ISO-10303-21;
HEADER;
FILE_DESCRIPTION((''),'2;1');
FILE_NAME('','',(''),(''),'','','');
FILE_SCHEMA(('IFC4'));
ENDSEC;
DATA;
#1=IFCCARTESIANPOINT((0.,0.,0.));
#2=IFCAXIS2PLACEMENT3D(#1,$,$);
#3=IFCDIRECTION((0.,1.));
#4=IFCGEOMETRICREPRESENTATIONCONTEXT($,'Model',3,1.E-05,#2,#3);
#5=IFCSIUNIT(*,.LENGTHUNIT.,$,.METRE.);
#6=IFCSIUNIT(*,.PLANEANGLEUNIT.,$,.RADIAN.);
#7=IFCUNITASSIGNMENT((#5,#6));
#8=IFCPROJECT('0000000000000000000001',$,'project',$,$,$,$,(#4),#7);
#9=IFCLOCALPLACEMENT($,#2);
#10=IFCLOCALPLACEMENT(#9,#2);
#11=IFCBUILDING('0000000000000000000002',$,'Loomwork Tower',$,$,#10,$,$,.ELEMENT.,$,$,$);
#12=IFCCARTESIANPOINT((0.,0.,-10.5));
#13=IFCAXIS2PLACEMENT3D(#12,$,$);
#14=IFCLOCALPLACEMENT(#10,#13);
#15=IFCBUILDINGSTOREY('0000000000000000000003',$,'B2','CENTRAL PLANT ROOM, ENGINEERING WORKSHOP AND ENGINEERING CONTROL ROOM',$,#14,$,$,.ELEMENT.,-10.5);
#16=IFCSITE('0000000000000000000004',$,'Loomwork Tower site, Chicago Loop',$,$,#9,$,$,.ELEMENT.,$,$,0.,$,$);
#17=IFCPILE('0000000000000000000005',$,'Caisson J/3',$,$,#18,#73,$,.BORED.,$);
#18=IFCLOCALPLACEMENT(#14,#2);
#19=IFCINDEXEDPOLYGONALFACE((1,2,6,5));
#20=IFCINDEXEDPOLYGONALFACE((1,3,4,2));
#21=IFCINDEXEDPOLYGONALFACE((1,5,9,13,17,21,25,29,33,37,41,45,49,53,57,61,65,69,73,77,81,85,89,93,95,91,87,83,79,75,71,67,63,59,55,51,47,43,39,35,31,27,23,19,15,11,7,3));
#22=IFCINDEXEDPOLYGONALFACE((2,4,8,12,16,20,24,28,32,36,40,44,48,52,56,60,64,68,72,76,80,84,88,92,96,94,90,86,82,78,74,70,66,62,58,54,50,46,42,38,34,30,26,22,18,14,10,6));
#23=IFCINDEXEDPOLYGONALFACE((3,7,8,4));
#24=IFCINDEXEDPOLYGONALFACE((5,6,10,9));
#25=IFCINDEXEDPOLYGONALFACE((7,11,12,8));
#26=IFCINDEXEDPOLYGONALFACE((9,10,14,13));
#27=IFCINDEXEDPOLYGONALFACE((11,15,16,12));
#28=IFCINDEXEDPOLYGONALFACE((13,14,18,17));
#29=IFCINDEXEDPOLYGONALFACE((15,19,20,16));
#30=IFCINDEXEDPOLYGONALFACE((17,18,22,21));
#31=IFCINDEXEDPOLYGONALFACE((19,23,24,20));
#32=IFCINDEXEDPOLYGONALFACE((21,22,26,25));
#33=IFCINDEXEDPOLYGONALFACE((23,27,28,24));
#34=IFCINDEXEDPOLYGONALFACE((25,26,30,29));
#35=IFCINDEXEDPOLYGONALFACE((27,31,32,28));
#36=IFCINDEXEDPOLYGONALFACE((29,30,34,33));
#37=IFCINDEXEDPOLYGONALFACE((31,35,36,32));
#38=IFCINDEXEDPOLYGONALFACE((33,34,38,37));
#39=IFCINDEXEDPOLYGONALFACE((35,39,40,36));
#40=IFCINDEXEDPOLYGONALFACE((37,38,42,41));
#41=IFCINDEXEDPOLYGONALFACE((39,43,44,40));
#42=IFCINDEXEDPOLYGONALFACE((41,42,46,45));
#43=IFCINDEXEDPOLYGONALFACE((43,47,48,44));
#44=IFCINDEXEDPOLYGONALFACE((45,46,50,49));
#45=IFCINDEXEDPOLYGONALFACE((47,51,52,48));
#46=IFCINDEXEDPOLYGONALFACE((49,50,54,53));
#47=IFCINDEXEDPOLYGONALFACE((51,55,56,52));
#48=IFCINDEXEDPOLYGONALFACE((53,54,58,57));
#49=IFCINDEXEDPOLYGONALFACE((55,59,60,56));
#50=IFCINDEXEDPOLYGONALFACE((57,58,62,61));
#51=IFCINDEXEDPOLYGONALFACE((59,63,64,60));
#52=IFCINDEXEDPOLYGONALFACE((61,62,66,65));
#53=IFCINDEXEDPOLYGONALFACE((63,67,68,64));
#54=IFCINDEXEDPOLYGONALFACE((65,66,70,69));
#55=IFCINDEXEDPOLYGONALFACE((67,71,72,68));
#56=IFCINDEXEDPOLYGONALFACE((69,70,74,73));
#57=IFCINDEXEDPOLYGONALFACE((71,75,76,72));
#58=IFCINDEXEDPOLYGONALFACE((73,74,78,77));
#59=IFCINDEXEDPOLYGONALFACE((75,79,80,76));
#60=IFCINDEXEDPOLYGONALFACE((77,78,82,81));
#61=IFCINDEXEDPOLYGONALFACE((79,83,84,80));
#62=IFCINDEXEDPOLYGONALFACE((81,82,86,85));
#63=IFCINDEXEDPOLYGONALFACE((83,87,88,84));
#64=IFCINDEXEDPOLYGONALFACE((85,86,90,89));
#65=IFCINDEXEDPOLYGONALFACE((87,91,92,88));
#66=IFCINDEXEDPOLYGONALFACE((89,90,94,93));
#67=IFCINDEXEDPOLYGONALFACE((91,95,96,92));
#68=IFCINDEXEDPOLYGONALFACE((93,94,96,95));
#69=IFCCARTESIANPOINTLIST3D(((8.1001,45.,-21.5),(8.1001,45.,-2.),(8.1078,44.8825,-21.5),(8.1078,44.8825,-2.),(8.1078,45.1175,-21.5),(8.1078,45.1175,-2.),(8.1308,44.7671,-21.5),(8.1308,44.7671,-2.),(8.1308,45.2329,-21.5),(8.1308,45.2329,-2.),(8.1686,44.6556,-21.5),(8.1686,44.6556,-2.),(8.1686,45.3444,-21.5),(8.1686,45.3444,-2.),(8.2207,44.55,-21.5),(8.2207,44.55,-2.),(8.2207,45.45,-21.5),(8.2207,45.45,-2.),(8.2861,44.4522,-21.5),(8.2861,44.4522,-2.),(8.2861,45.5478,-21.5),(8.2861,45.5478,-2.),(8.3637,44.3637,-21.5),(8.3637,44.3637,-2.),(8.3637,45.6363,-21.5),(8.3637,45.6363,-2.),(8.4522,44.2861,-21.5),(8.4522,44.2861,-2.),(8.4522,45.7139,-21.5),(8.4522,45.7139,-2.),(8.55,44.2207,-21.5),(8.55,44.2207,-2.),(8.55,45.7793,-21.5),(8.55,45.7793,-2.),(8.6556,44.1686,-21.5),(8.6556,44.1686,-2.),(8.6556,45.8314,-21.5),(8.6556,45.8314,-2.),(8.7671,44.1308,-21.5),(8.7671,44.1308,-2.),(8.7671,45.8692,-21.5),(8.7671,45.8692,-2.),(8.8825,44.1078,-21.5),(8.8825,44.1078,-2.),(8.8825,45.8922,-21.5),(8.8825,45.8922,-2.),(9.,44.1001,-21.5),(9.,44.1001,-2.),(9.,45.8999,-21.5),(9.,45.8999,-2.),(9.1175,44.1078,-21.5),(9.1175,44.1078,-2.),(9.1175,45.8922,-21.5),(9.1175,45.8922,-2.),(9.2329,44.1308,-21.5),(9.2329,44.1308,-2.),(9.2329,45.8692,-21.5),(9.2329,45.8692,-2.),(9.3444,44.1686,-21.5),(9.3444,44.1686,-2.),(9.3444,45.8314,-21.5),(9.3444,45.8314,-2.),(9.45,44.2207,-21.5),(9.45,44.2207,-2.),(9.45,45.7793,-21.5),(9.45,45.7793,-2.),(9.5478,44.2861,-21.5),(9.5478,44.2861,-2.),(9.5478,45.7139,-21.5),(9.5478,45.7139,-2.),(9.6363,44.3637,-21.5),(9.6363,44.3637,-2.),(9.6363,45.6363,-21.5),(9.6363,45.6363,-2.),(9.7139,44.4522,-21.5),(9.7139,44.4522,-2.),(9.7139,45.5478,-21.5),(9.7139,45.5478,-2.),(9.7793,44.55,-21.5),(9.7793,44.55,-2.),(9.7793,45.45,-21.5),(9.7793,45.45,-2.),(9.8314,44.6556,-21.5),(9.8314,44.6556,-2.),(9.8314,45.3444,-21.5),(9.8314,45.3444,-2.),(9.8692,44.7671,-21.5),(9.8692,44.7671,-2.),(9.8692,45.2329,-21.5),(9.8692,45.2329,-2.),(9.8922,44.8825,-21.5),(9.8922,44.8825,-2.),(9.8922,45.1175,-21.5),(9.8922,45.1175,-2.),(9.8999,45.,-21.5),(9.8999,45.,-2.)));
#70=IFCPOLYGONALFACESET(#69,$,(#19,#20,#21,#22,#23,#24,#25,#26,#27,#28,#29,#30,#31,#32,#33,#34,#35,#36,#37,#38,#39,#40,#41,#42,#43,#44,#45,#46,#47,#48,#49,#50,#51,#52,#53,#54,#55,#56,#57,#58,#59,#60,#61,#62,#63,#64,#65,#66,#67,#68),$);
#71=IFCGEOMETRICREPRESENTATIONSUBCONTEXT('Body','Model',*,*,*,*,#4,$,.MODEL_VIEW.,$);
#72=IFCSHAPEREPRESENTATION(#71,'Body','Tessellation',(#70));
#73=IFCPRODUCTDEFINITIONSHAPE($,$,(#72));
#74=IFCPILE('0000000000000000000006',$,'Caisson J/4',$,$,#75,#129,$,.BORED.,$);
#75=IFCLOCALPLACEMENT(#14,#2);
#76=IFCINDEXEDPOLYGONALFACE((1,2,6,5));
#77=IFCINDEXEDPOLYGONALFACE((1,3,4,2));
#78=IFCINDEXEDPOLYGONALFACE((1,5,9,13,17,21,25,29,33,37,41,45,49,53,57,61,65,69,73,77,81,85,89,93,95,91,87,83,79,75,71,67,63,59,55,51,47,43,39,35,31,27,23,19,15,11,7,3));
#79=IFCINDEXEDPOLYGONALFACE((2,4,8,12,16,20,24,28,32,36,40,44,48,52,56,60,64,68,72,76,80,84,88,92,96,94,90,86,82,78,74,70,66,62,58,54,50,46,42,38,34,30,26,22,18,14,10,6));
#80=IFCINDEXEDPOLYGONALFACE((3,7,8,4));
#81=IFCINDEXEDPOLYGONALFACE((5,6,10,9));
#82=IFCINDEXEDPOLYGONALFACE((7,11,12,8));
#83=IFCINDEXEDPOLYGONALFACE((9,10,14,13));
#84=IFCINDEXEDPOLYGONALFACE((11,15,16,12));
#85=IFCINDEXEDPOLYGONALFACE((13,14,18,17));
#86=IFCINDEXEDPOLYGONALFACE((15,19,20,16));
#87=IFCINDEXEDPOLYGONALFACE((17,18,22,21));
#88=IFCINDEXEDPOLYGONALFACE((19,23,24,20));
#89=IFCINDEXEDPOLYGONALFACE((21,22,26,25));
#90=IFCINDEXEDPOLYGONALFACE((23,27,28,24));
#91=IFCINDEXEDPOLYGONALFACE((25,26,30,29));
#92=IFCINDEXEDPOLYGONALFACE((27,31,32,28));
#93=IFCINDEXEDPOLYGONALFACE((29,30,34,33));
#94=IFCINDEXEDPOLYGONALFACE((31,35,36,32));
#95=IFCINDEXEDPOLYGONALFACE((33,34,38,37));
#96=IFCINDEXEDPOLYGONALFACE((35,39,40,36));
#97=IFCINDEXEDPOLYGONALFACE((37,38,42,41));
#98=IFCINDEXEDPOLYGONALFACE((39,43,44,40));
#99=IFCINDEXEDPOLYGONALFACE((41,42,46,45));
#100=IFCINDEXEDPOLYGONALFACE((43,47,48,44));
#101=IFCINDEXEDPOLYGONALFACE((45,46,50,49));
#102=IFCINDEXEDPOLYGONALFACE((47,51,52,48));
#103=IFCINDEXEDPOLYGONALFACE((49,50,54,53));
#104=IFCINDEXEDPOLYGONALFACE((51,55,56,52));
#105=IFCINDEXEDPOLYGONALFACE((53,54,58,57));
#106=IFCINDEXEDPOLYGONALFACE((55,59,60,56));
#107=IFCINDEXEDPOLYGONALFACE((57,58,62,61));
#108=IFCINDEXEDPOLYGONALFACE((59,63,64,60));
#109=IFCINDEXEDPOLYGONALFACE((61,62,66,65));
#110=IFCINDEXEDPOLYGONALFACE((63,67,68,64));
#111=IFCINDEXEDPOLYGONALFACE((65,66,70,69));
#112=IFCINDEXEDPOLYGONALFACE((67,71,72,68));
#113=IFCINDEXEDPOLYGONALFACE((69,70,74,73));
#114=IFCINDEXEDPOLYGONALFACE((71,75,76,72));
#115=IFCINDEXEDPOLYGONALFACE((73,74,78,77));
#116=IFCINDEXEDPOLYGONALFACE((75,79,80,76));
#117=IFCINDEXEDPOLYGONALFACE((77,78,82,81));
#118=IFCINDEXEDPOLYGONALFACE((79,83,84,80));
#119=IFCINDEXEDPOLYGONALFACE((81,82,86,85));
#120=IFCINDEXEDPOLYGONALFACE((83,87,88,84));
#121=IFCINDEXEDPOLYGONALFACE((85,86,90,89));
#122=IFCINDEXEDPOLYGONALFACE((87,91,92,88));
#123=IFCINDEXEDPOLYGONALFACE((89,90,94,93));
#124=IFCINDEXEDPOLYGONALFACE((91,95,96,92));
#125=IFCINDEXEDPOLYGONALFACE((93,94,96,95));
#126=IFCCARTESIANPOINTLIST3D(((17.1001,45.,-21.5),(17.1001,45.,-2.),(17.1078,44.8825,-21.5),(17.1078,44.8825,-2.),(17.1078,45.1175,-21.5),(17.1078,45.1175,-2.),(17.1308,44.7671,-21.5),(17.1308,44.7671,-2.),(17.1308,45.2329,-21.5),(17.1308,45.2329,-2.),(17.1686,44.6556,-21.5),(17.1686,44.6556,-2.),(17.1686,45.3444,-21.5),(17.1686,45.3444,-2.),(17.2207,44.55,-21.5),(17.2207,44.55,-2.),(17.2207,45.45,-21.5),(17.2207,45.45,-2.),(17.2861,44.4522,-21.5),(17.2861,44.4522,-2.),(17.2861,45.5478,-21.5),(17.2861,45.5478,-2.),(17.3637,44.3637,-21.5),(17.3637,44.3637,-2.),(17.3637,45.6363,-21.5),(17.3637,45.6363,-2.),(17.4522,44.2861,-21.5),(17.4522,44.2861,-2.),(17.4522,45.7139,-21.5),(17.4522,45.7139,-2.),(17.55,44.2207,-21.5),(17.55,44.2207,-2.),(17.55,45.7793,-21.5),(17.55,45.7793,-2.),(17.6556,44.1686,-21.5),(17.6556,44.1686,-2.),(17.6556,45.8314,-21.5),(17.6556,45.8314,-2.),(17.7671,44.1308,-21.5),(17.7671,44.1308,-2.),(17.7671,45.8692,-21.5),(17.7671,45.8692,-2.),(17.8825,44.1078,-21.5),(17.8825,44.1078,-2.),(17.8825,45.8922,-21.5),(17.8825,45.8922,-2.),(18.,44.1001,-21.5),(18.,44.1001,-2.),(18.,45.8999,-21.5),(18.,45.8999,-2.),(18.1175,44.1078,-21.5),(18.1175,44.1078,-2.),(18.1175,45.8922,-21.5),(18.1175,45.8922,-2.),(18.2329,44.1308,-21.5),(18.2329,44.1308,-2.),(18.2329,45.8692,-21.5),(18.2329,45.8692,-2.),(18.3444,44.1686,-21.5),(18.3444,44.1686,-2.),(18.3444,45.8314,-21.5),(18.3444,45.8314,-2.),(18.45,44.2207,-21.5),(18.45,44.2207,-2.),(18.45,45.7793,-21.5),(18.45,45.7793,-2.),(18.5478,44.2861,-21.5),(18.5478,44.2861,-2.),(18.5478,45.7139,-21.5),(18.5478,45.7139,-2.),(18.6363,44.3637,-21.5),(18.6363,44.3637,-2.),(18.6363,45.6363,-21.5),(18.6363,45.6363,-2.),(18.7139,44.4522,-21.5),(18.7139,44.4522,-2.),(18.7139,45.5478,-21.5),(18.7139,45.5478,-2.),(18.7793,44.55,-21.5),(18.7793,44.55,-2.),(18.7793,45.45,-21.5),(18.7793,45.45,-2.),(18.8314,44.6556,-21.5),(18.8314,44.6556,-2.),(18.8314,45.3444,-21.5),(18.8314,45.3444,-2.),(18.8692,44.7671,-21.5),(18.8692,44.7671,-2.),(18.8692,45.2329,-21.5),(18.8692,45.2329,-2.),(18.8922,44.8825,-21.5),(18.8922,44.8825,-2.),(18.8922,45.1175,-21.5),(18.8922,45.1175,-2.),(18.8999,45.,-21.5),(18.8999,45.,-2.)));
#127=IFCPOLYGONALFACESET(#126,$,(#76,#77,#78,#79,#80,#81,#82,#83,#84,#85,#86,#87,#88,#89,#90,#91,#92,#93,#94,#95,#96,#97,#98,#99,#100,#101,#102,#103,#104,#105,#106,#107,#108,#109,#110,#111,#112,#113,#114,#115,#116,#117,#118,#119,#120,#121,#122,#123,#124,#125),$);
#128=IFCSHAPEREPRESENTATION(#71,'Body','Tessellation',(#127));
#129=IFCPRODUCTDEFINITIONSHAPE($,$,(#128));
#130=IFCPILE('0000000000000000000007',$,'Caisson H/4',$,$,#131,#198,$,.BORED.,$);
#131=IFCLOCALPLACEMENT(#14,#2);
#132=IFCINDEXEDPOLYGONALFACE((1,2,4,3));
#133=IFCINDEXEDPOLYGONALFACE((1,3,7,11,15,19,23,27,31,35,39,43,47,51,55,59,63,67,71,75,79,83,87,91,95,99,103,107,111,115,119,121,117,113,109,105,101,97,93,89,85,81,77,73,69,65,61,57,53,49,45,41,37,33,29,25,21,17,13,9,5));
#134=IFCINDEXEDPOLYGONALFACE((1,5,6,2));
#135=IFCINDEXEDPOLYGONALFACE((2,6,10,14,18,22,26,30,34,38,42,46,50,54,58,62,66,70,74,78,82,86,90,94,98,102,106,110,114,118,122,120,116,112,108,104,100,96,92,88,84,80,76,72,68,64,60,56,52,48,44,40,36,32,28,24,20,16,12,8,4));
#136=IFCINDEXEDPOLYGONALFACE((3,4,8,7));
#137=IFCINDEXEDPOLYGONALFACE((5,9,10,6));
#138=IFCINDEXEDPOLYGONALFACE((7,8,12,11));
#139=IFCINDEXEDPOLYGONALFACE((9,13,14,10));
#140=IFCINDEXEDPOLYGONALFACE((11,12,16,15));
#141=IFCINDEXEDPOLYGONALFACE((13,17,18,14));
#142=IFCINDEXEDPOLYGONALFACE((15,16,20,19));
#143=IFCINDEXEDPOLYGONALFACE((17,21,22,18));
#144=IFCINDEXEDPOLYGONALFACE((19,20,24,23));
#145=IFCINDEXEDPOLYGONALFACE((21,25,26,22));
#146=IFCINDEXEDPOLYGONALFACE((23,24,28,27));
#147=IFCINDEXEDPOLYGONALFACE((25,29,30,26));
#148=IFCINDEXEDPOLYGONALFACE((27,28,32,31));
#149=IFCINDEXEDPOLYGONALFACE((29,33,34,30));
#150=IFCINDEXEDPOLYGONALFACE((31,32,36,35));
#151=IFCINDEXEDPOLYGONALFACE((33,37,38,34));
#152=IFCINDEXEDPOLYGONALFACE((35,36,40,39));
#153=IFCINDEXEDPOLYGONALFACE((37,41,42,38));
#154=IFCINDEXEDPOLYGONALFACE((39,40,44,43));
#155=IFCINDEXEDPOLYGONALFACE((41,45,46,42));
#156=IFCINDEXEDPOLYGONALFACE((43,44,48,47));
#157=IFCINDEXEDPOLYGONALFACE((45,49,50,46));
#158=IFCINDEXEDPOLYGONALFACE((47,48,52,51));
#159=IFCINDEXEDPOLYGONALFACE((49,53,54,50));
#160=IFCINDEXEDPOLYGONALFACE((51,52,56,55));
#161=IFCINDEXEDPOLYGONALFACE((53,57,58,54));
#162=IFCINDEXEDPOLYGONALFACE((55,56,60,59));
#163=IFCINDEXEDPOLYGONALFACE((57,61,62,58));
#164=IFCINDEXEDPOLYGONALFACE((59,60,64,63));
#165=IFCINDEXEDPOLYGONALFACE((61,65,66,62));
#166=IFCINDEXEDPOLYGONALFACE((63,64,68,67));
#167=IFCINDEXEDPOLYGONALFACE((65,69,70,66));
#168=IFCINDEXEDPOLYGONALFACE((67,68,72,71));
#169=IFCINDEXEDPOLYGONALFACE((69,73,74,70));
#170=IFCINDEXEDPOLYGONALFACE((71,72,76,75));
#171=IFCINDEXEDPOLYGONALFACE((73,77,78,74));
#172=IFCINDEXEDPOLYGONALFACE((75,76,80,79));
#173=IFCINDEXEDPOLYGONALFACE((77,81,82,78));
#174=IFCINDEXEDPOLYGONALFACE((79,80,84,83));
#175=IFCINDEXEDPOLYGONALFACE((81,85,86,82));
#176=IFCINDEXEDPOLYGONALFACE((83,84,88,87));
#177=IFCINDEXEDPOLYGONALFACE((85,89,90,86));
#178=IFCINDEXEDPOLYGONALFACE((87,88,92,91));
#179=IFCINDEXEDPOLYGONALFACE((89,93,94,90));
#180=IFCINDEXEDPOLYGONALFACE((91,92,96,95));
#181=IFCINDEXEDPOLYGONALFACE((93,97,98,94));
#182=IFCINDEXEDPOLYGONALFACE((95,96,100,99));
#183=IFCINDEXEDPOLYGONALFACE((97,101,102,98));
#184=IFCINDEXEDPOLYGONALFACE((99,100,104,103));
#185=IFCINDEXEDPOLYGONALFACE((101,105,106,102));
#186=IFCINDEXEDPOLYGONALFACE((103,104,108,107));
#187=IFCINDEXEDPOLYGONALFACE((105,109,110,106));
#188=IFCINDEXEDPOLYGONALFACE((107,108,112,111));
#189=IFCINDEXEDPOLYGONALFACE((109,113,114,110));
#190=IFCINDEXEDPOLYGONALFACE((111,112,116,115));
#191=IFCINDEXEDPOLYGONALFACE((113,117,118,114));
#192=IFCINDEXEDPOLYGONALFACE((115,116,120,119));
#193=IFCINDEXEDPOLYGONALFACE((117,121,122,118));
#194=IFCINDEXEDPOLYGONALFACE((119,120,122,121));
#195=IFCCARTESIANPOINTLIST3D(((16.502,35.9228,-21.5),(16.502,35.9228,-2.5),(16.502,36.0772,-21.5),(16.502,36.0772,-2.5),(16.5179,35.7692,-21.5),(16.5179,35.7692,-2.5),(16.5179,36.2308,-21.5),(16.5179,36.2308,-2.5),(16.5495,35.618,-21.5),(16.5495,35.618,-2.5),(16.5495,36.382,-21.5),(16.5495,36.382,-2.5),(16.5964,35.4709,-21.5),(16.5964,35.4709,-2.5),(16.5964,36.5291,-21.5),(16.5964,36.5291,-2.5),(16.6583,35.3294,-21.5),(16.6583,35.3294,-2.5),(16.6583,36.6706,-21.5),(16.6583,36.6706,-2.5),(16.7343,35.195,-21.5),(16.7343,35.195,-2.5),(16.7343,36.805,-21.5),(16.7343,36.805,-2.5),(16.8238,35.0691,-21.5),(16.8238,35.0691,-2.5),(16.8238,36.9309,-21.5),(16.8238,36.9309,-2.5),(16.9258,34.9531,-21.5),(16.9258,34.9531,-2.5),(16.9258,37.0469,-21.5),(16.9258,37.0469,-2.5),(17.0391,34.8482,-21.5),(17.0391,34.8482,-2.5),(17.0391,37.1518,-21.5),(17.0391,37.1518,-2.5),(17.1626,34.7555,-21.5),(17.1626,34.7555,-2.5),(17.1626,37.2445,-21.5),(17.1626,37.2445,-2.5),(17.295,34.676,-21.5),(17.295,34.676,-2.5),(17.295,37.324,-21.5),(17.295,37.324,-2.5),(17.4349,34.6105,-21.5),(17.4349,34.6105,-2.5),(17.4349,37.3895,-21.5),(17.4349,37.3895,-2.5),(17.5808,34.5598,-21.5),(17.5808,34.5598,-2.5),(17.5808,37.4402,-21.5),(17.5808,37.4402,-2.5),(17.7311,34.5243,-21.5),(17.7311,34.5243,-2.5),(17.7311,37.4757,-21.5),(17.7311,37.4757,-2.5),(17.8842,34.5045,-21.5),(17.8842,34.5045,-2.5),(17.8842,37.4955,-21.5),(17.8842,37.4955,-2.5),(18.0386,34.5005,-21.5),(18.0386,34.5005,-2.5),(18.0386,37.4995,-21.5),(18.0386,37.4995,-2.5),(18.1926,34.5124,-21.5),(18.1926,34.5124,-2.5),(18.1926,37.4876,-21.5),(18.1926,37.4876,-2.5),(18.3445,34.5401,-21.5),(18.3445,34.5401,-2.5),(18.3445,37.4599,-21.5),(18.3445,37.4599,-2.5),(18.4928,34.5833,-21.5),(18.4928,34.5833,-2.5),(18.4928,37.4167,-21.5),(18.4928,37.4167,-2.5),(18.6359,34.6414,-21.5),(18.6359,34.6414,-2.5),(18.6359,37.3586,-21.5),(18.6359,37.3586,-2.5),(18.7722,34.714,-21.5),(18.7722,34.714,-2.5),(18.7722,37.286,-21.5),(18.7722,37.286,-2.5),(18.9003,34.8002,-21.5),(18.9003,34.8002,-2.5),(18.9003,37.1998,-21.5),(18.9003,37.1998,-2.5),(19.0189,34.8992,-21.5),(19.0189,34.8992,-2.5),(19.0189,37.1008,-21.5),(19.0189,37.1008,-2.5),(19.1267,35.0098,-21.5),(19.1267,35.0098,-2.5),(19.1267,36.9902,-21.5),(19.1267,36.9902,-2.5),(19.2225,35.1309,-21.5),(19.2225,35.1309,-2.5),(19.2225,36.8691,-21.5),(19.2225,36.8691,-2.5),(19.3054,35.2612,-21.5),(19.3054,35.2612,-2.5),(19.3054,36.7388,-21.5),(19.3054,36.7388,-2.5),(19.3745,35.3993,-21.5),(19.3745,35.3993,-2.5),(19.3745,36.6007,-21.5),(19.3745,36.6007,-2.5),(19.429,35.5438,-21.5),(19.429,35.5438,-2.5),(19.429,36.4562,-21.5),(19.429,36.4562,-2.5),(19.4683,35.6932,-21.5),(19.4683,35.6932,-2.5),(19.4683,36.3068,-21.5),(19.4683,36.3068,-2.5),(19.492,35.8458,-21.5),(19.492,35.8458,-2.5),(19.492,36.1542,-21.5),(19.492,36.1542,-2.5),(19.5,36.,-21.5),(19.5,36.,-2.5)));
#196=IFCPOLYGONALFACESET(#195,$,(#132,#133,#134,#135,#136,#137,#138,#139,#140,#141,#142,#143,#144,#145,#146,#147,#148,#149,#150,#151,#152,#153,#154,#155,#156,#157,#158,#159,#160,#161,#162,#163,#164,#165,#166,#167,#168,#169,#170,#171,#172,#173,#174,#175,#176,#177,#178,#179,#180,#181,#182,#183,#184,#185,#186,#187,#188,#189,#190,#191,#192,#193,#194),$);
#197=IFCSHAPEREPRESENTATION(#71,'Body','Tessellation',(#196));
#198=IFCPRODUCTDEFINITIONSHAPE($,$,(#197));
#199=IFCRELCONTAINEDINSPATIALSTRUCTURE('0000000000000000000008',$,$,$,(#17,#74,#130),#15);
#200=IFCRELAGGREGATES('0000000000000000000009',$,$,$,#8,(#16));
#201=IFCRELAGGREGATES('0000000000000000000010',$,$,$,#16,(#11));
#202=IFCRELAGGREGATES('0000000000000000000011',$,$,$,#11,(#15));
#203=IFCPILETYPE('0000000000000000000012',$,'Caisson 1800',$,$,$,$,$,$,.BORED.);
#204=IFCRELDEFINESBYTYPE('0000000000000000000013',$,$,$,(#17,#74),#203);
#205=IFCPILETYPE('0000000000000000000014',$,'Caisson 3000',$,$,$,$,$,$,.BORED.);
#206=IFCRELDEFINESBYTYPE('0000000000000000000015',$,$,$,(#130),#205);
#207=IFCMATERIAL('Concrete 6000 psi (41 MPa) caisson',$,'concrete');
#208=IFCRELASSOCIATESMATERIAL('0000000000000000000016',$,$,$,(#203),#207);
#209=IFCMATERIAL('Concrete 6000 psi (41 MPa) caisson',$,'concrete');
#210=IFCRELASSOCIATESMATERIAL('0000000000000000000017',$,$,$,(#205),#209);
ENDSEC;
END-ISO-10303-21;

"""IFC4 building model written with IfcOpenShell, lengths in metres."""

from ifc_helpers import new_model, si_unit, direction, frame, origin, origin_2d, place, context, subcontext, project, spatial, circle, extrude, material, material_profile, profile_set, type_object, element, save


model = new_model("IFC4")

# Units and contexts
model_context = context("Model", 3, precision=1e-05, world=origin(), true_north=direction((0.0, 1.0)))
body_context = subcontext(model_context, "Body", "Model", "MODEL_VIEW")
ifc_project = project(units=[si_unit("LENGTHUNIT", "METRE"), si_unit("PLANEANGLEUNIT", "RADIAN")], contexts=[model_context])

# Site, building, storey
site_placement = place(None, origin())
site = spatial("IfcSite", under=ifc_project, at=site_placement, Name="Loomwork Tower site, Chicago Loop", CompositionType="ELEMENT", RefElevation=0.0)
building_placement = place(site_placement, origin())
building = spatial("IfcBuilding", under=site, at=building_placement, Name="Loomwork Tower", CompositionType="ELEMENT")
storey_placement = place(building_placement, frame((0.0, 0.0, -10.5)))
storey = spatial("IfcBuildingStorey", under=building, at=storey_placement, Name="B2", Description="CENTRAL PLANT ROOM, ENGINEERING WORKSHOP AND ENGINEERING CONTROL ROOM", CompositionType="ELEMENT", Elevation=-10.5)

# Piles
ifc_material_1 = material(Name="Concrete 6000 psi (41 MPa) caisson", Category="concrete")
ifc_material_profile_1 = material_profile(ifc_material_1, circle(Radius=0.8999, at=origin_2d()), Name="D1800")
ifc_profile_set_1 = profile_set([ifc_material_profile_1], Name="Concrete 6000 psi (41 MPa) caisson")
pile_type_1 = type_object("IfcPileType", Name="Caisson 1800", PredefinedType="BORED", material=ifc_profile_set_1)
for number, where, z_axis, x_axis, name in (
    (1, (9.0, 45.0, -2.0), (0.0, 0.0, -1.0), (1.0, 0.0, 0.0), "Caisson J/3"),
    (2, (18.0, 45.0, -2.0), (0.0, 0.0, -1.0), (1.0, 0.0, 0.0), "Caisson J/4"),
):
    element("IfcPile", number, at=place(storey_placement, frame(where, z_axis=z_axis, x_axis=x_axis)), inside=storey, type_object=pile_type_1, Name=name, PredefinedType="BORED", context=body_context, shape_type="SweptSolid", body=[
        extrude(circle(Radius=0.8999, at=origin_2d()), origin(), (0.0, 0.0, 1.0), 19.5),
    ])
ifc_material_2 = material(Name="Concrete 6000 psi (41 MPa) caisson", Category="concrete")
ifc_material_profile_2 = material_profile(ifc_material_2, circle(Radius=1.5, at=origin_2d()), Name="D3000")
ifc_profile_set_2 = profile_set([ifc_material_profile_2], Name="Concrete 6000 psi (41 MPa) caisson")
pile_type_2 = type_object("IfcPileType", Name="Caisson 3000", PredefinedType="BORED", material=ifc_profile_set_2)
pile_placement = place(storey_placement, frame((18.0, 36.0, -2.5), z_axis=(0.0, 0.0, -1.0), x_axis=(1.0, 0.0, 0.0)))
element("IfcPile", 3, at=pile_placement, inside=storey, type_object=pile_type_2, Name="Caisson H/4", PredefinedType="BORED", context=body_context, shape_type="SweptSolid", body=[
    extrude(circle(Radius=1.5, at=origin_2d()), origin(), (0.0, 0.0, 1.0), 19.0),
])

save(model, "model.ifc")
